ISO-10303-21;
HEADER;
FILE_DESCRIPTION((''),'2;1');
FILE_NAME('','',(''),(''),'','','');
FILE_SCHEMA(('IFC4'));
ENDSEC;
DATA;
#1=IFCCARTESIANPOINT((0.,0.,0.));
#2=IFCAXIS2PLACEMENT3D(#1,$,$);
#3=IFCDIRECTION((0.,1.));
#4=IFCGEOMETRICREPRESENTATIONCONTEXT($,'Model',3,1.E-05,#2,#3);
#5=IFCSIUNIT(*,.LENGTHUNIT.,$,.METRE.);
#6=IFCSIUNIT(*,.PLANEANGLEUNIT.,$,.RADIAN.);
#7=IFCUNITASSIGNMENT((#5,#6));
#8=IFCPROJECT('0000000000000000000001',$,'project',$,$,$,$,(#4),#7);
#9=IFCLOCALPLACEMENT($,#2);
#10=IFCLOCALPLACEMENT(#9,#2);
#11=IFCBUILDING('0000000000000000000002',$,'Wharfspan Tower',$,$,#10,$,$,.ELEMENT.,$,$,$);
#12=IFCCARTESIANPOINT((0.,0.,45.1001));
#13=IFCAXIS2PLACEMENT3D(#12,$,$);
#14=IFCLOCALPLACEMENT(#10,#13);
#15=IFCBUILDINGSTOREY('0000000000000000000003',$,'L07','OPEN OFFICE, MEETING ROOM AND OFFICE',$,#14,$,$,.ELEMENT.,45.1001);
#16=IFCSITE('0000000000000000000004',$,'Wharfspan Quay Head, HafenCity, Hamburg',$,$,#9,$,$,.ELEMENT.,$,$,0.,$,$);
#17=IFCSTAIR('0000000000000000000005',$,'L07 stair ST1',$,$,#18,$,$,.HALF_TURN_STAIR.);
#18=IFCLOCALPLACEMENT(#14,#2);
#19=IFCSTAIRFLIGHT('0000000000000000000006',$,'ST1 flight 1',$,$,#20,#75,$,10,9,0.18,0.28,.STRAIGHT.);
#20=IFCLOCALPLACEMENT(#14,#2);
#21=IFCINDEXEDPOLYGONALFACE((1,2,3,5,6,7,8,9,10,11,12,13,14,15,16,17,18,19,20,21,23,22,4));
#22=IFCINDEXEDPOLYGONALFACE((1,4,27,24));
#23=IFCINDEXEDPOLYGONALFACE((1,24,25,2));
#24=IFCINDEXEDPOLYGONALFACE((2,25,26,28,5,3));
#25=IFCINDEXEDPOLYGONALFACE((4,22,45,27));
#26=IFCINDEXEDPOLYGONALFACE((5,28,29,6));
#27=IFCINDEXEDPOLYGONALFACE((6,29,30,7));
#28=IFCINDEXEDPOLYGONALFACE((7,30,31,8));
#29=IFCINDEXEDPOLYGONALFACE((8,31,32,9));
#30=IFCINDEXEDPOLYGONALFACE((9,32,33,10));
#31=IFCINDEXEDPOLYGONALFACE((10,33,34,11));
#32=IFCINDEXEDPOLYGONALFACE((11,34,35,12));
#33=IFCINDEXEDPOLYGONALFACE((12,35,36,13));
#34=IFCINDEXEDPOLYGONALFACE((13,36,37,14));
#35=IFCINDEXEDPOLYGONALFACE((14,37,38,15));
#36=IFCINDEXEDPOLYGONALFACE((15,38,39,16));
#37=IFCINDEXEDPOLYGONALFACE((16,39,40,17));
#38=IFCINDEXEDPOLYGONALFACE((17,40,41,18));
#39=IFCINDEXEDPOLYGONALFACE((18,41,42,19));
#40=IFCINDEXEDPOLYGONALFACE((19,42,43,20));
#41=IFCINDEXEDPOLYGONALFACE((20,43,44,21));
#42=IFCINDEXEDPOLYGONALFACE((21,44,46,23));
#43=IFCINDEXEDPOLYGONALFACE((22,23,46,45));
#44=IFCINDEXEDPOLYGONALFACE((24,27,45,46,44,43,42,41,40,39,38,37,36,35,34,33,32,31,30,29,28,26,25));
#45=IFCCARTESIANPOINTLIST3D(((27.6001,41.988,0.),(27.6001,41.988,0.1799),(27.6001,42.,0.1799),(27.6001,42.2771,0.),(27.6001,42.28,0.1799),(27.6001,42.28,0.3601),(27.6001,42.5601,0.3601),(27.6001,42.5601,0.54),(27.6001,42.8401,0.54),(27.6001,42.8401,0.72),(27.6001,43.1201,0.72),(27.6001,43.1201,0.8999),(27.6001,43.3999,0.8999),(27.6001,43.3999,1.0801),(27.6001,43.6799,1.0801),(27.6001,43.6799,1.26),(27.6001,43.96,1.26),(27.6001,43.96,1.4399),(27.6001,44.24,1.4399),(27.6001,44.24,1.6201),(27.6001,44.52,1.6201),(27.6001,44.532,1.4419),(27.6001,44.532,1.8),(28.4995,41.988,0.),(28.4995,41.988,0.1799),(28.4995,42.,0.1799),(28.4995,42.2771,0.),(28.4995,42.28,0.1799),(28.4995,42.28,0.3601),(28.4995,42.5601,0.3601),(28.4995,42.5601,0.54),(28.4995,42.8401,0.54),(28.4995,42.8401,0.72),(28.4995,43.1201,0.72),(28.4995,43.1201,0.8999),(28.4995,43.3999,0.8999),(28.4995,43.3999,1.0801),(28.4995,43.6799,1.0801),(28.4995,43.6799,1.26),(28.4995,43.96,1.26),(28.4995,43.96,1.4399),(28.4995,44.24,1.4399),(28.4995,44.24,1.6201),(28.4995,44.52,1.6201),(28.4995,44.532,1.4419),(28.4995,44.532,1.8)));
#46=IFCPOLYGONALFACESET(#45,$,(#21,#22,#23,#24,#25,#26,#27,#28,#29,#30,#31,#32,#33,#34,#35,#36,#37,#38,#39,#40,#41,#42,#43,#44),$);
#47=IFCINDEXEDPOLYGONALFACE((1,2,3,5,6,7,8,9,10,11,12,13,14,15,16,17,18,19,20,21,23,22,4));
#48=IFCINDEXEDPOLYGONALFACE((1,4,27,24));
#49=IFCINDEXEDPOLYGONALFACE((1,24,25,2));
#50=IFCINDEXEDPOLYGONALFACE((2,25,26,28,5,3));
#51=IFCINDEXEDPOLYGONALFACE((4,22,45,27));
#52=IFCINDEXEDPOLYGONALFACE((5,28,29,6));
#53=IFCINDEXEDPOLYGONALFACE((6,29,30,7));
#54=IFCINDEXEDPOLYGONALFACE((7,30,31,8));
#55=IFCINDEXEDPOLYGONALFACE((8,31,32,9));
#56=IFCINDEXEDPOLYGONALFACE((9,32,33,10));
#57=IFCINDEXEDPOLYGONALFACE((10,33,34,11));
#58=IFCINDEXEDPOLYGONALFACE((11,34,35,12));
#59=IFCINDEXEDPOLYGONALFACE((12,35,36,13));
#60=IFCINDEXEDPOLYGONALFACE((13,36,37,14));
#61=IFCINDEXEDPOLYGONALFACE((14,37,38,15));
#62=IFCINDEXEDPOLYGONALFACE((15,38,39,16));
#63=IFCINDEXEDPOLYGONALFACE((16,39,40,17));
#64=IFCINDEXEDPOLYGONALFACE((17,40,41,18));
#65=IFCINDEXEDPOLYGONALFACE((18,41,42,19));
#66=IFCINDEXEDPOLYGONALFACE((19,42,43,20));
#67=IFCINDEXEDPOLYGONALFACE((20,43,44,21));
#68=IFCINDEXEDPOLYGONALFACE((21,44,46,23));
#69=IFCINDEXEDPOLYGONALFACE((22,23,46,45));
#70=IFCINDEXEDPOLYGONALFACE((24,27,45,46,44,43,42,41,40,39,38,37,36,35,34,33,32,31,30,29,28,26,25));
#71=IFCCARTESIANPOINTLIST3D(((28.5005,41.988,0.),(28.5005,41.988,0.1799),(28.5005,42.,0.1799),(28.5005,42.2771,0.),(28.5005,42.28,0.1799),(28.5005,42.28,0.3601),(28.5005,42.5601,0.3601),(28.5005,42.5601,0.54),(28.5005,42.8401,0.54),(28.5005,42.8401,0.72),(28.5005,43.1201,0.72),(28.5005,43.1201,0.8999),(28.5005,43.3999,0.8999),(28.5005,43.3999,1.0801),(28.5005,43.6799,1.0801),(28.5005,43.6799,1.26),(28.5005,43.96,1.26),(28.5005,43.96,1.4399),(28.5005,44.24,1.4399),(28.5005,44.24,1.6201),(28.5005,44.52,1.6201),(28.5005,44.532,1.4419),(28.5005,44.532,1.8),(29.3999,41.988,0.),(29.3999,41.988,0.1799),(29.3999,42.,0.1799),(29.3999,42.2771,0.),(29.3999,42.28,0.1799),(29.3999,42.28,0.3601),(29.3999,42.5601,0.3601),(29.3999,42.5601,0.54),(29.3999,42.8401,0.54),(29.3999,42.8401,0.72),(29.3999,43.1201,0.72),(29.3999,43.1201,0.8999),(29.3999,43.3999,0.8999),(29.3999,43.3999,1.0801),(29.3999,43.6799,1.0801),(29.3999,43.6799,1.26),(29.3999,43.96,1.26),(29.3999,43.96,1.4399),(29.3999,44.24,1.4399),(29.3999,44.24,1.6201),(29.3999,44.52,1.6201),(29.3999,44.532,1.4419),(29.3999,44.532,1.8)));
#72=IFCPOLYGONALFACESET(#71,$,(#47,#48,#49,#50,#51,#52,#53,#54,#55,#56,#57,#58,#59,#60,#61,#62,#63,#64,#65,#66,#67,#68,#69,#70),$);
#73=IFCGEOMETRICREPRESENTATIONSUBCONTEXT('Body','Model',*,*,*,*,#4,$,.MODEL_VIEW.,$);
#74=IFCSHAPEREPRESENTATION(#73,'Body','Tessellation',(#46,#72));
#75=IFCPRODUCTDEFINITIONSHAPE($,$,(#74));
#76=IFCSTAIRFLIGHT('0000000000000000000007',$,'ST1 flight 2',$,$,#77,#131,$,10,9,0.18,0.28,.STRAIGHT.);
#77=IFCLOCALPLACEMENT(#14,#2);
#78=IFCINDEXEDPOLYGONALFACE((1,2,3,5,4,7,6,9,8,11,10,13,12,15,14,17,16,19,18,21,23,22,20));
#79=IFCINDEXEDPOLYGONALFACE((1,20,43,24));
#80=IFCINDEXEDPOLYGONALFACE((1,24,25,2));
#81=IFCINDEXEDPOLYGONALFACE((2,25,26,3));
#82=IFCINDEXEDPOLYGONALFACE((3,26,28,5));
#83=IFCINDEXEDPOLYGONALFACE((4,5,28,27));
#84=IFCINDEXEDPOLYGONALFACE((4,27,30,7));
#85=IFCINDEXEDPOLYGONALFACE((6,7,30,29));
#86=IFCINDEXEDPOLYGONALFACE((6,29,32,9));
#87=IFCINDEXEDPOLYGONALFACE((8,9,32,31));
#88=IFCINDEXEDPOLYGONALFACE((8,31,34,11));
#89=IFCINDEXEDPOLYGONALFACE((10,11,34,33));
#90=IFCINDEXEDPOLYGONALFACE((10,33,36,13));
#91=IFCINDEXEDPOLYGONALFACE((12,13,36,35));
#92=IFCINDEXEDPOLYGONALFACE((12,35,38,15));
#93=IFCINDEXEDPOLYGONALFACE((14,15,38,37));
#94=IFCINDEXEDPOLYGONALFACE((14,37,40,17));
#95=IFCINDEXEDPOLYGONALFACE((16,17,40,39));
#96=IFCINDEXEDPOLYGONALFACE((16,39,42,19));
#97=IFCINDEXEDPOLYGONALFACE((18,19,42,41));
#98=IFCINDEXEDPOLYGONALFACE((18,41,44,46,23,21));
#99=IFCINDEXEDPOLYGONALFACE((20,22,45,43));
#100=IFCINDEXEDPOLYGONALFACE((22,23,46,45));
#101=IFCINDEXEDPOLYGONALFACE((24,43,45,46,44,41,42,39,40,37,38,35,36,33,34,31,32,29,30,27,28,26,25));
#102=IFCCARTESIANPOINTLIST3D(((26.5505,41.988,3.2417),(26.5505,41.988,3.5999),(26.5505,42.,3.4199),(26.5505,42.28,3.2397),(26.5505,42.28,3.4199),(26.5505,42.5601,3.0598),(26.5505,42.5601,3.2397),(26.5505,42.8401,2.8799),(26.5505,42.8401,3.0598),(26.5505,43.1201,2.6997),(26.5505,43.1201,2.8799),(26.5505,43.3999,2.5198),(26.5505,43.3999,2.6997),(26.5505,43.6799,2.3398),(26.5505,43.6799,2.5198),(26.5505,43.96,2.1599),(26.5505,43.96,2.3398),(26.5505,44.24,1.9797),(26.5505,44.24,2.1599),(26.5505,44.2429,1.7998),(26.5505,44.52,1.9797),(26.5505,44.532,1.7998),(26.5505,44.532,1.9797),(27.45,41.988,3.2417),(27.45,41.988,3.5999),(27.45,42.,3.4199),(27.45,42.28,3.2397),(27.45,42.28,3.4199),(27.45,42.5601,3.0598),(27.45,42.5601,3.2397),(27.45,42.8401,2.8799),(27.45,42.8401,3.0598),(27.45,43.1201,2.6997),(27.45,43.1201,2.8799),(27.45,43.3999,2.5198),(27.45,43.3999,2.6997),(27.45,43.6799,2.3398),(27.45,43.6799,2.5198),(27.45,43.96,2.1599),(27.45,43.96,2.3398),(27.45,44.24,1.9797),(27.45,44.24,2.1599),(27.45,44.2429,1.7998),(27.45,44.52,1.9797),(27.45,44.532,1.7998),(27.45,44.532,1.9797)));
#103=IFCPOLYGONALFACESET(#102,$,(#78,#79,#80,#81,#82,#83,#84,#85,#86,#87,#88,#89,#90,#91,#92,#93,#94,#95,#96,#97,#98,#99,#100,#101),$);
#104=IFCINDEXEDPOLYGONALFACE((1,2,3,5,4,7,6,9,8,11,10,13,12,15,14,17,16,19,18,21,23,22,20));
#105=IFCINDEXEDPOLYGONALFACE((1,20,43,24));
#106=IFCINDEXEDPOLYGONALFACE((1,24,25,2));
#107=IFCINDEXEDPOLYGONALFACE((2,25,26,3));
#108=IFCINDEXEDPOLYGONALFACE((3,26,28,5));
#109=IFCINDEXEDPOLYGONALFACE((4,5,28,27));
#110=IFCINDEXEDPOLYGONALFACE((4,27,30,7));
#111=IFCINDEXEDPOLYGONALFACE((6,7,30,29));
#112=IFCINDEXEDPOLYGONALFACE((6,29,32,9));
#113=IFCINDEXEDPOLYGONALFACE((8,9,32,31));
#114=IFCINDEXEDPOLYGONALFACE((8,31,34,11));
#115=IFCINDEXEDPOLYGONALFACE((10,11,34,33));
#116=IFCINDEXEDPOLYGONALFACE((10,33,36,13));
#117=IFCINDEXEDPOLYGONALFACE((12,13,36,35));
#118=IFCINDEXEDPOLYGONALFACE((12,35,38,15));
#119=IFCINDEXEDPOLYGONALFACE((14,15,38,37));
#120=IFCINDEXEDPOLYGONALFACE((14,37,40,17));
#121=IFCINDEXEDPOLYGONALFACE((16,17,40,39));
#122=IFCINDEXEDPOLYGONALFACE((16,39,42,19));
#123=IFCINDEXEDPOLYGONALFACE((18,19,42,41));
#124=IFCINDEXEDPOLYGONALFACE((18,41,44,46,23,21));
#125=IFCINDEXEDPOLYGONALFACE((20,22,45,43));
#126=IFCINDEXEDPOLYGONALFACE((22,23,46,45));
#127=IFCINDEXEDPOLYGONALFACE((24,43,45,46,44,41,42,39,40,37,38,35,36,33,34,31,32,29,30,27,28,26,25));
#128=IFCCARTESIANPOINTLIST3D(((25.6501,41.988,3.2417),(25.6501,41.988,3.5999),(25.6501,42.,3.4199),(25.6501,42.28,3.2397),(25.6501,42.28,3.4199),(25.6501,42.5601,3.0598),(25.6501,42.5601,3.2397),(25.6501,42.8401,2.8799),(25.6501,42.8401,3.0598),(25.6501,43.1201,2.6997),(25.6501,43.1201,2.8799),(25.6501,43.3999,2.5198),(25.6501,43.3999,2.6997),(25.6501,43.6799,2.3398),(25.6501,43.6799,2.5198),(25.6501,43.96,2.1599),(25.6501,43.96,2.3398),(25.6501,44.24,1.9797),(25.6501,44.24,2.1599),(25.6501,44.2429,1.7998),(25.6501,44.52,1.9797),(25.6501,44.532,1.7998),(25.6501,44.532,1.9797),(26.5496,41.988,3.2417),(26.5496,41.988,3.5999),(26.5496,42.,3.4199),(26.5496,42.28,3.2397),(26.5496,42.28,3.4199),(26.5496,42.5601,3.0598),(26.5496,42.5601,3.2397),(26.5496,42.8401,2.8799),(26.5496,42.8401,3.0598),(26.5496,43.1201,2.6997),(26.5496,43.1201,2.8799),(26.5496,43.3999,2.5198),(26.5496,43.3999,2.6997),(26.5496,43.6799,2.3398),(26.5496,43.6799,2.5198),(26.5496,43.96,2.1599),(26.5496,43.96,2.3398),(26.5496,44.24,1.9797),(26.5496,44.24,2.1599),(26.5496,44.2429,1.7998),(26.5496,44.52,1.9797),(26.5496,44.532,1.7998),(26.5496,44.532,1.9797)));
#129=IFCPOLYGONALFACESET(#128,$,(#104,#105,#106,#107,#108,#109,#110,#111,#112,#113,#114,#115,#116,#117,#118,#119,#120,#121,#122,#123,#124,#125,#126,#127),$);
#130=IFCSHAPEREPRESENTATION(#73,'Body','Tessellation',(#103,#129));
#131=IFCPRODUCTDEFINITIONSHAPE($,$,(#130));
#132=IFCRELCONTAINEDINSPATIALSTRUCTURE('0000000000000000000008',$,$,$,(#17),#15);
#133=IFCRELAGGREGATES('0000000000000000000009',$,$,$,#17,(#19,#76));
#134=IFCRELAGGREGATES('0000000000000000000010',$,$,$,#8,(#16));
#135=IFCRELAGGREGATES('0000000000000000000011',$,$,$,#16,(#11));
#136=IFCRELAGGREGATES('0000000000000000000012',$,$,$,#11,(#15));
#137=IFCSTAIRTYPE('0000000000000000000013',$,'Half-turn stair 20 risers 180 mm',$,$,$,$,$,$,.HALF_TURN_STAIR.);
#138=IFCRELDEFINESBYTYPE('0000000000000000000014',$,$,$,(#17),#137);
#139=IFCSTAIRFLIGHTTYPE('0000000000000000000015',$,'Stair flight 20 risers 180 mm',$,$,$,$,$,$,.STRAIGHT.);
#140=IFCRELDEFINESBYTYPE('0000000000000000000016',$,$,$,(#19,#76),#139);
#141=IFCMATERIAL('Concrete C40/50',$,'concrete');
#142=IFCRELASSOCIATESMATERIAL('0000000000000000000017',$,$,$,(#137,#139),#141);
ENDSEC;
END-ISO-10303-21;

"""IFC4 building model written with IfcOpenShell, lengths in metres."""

from ifc_helpers import new_model, si_unit, direction, frame, origin, place, context, subcontext, project, spatial, polyline, outline, extrude, material, type_object, element, aggregate, save


model = new_model("IFC4")

# Units and contexts
model_context = context("Model", 3, precision=1e-05, world=origin(), true_north=direction((0.0, 1.0)))
body_context = subcontext(model_context, "Body", "Model", "MODEL_VIEW")
ifc_project = project(units=[si_unit("LENGTHUNIT", "METRE"), si_unit("PLANEANGLEUNIT", "RADIAN")], contexts=[model_context])

# Site, building, storey
site_placement = place(None, origin())
site = spatial("IfcSite", under=ifc_project, at=site_placement, Name="Wharfspan Quay Head, HafenCity, Hamburg", CompositionType="ELEMENT", RefElevation=0.0)
building_placement = place(site_placement, origin())
building = spatial("IfcBuilding", under=site, at=building_placement, Name="Wharfspan Tower", CompositionType="ELEMENT")
storey_placement = place(building_placement, frame((0.0, 0.0, 45.1001)))
storey = spatial("IfcBuildingStorey", under=building, at=storey_placement, Name="L07", Description="OPEN OFFICE, MEETING ROOM AND OFFICE", CompositionType="ELEMENT", Elevation=45.1001)

# Shared definitions
ifc_material_1 = material(Name="Concrete C40/50", Category="concrete")

# Stair, stair flights
stair_type = type_object("IfcStairType", Name="Half-turn stair 20 risers 180 mm", PredefinedType="HALF_TURN_STAIR", material=ifc_material_1)
stair_placement = place(storey_placement, origin())
stair = element("IfcStair", 1, at=stair_placement, inside=storey, type_object=stair_type, Name="L07 stair ST1", PredefinedType="HALF_TURN_STAIR")
stair_flight_type = type_object("IfcStairFlightType", Name="Stair flight 20 risers 180 mm", PredefinedType="STRAIGHT", material=ifc_material_1)
stair_flight_1_placement = place(storey_placement, frame((28.5, 42.0, 0.0), z_axis=(0.0, 0.0, 1.0), x_axis=(0.0, 1.0, 0.0)))
stair_flight_1 = element("IfcStairFlight", 2, at=stair_flight_1_placement, type_object=stair_flight_type, Name="ST1 flight 1", NumberOfRisers=10, NumberOfTreads=9, PredefinedType="STRAIGHT", RiserHeight=0.18, TreadLength=0.28, context=body_context, shape_type="SweptSolid", body=[
    extrude(outline(polyline([(-0.012, 0.0), (-0.012, 0.1799), (0.0, 0.1799), (0.28, 0.1799), (0.28, 0.3601), (0.5601, 0.3601), (0.5601, 0.54), (0.8401, 0.54), (0.8401, 0.72), (1.1201, 0.72), (1.1201, 0.8999), (1.3999, 0.8999), (1.3999, 1.0801), (1.6799, 1.0801), (1.6799, 1.26), (1.96, 1.26), (1.96, 1.4399), (2.24, 1.4399), (2.24, 1.6201), (2.52, 1.6201), (2.532, 1.8), (2.532, 1.4419), (0.2771, 0.0), (-0.012, 0.0)])), frame((0.0, 0.8999, 0.0), z_axis=(0.0, -1.0, 0.0), x_axis=(1.0, 0.0, 0.0)), (0.0, 0.0, 1.0), 0.8994),
    extrude(outline(polyline([(-0.012, 0.0), (-0.012, 0.1799), (0.0, 0.1799), (0.28, 0.1799), (0.28, 0.3601), (0.5601, 0.3601), (0.5601, 0.54), (0.8401, 0.54), (0.8401, 0.72), (1.1201, 0.72), (1.1201, 0.8999), (1.3999, 0.8999), (1.3999, 1.0801), (1.6799, 1.0801), (1.6799, 1.26), (1.96, 1.26), (1.96, 1.4399), (2.24, 1.4399), (2.24, 1.6201), (2.52, 1.6201), (2.532, 1.8), (2.532, 1.4419), (0.2771, 0.0), (-0.012, 0.0)])), frame((0.0, -0.0005, 0.0), z_axis=(0.0, -1.0, 0.0), x_axis=(1.0, 0.0, 0.0)), (0.0, 0.0, 1.0), 0.8994),
])
stair_flight_2_placement = place(storey_placement, frame((26.55, 44.52, 1.7998), z_axis=(0.0, 0.0, 1.0), x_axis=(0.0, -1.0, 0.0)))
stair_flight_2 = element("IfcStairFlight", 3, at=stair_flight_2_placement, type_object=stair_flight_type, Name="ST1 flight 2", NumberOfRisers=10, NumberOfTreads=9, PredefinedType="STRAIGHT", RiserHeight=0.18, TreadLength=0.28, context=body_context, shape_type="SweptSolid", body=[
    extrude(outline(polyline([(-0.012, 0.0), (-0.012, 0.1799), (0.0, 0.1799), (0.28, 0.1799), (0.28, 0.3601), (0.5601, 0.3601), (0.5601, 0.54), (0.8401, 0.54), (0.8401, 0.72), (1.1201, 0.72), (1.1201, 0.8999), (1.3999, 0.8999), (1.3999, 1.0801), (1.6799, 1.0801), (1.6799, 1.26), (1.96, 1.26), (1.96, 1.4399), (2.24, 1.4399), (2.24, 1.6201), (2.52, 1.6201), (2.532, 1.8), (2.532, 1.4419), (0.2771, 0.0), (-0.012, 0.0)])), frame((0.0, 0.8999, 0.0), z_axis=(0.0, -1.0, 0.0), x_axis=(1.0, 0.0, 0.0)), (0.0, 0.0, 1.0), 0.8994),
    extrude(outline(polyline([(-0.012, 0.0), (-0.012, 0.1799), (0.0, 0.1799), (0.28, 0.1799), (0.28, 0.3601), (0.5601, 0.3601), (0.5601, 0.54), (0.8401, 0.54), (0.8401, 0.72), (1.1201, 0.72), (1.1201, 0.8999), (1.3999, 0.8999), (1.3999, 1.0801), (1.6799, 1.0801), (1.6799, 1.26), (1.96, 1.26), (1.96, 1.4399), (2.24, 1.4399), (2.24, 1.6201), (2.52, 1.6201), (2.532, 1.8), (2.532, 1.4419), (0.2771, 0.0), (-0.012, 0.0)])), frame((0.0, -0.0005, 0.0), z_axis=(0.0, -1.0, 0.0), x_axis=(1.0, 0.0, 0.0)), (0.0, 0.0, 1.0), 0.8994),
])
aggregate(stair, [stair_flight_1, stair_flight_2])

save(model, "model.ifc")
